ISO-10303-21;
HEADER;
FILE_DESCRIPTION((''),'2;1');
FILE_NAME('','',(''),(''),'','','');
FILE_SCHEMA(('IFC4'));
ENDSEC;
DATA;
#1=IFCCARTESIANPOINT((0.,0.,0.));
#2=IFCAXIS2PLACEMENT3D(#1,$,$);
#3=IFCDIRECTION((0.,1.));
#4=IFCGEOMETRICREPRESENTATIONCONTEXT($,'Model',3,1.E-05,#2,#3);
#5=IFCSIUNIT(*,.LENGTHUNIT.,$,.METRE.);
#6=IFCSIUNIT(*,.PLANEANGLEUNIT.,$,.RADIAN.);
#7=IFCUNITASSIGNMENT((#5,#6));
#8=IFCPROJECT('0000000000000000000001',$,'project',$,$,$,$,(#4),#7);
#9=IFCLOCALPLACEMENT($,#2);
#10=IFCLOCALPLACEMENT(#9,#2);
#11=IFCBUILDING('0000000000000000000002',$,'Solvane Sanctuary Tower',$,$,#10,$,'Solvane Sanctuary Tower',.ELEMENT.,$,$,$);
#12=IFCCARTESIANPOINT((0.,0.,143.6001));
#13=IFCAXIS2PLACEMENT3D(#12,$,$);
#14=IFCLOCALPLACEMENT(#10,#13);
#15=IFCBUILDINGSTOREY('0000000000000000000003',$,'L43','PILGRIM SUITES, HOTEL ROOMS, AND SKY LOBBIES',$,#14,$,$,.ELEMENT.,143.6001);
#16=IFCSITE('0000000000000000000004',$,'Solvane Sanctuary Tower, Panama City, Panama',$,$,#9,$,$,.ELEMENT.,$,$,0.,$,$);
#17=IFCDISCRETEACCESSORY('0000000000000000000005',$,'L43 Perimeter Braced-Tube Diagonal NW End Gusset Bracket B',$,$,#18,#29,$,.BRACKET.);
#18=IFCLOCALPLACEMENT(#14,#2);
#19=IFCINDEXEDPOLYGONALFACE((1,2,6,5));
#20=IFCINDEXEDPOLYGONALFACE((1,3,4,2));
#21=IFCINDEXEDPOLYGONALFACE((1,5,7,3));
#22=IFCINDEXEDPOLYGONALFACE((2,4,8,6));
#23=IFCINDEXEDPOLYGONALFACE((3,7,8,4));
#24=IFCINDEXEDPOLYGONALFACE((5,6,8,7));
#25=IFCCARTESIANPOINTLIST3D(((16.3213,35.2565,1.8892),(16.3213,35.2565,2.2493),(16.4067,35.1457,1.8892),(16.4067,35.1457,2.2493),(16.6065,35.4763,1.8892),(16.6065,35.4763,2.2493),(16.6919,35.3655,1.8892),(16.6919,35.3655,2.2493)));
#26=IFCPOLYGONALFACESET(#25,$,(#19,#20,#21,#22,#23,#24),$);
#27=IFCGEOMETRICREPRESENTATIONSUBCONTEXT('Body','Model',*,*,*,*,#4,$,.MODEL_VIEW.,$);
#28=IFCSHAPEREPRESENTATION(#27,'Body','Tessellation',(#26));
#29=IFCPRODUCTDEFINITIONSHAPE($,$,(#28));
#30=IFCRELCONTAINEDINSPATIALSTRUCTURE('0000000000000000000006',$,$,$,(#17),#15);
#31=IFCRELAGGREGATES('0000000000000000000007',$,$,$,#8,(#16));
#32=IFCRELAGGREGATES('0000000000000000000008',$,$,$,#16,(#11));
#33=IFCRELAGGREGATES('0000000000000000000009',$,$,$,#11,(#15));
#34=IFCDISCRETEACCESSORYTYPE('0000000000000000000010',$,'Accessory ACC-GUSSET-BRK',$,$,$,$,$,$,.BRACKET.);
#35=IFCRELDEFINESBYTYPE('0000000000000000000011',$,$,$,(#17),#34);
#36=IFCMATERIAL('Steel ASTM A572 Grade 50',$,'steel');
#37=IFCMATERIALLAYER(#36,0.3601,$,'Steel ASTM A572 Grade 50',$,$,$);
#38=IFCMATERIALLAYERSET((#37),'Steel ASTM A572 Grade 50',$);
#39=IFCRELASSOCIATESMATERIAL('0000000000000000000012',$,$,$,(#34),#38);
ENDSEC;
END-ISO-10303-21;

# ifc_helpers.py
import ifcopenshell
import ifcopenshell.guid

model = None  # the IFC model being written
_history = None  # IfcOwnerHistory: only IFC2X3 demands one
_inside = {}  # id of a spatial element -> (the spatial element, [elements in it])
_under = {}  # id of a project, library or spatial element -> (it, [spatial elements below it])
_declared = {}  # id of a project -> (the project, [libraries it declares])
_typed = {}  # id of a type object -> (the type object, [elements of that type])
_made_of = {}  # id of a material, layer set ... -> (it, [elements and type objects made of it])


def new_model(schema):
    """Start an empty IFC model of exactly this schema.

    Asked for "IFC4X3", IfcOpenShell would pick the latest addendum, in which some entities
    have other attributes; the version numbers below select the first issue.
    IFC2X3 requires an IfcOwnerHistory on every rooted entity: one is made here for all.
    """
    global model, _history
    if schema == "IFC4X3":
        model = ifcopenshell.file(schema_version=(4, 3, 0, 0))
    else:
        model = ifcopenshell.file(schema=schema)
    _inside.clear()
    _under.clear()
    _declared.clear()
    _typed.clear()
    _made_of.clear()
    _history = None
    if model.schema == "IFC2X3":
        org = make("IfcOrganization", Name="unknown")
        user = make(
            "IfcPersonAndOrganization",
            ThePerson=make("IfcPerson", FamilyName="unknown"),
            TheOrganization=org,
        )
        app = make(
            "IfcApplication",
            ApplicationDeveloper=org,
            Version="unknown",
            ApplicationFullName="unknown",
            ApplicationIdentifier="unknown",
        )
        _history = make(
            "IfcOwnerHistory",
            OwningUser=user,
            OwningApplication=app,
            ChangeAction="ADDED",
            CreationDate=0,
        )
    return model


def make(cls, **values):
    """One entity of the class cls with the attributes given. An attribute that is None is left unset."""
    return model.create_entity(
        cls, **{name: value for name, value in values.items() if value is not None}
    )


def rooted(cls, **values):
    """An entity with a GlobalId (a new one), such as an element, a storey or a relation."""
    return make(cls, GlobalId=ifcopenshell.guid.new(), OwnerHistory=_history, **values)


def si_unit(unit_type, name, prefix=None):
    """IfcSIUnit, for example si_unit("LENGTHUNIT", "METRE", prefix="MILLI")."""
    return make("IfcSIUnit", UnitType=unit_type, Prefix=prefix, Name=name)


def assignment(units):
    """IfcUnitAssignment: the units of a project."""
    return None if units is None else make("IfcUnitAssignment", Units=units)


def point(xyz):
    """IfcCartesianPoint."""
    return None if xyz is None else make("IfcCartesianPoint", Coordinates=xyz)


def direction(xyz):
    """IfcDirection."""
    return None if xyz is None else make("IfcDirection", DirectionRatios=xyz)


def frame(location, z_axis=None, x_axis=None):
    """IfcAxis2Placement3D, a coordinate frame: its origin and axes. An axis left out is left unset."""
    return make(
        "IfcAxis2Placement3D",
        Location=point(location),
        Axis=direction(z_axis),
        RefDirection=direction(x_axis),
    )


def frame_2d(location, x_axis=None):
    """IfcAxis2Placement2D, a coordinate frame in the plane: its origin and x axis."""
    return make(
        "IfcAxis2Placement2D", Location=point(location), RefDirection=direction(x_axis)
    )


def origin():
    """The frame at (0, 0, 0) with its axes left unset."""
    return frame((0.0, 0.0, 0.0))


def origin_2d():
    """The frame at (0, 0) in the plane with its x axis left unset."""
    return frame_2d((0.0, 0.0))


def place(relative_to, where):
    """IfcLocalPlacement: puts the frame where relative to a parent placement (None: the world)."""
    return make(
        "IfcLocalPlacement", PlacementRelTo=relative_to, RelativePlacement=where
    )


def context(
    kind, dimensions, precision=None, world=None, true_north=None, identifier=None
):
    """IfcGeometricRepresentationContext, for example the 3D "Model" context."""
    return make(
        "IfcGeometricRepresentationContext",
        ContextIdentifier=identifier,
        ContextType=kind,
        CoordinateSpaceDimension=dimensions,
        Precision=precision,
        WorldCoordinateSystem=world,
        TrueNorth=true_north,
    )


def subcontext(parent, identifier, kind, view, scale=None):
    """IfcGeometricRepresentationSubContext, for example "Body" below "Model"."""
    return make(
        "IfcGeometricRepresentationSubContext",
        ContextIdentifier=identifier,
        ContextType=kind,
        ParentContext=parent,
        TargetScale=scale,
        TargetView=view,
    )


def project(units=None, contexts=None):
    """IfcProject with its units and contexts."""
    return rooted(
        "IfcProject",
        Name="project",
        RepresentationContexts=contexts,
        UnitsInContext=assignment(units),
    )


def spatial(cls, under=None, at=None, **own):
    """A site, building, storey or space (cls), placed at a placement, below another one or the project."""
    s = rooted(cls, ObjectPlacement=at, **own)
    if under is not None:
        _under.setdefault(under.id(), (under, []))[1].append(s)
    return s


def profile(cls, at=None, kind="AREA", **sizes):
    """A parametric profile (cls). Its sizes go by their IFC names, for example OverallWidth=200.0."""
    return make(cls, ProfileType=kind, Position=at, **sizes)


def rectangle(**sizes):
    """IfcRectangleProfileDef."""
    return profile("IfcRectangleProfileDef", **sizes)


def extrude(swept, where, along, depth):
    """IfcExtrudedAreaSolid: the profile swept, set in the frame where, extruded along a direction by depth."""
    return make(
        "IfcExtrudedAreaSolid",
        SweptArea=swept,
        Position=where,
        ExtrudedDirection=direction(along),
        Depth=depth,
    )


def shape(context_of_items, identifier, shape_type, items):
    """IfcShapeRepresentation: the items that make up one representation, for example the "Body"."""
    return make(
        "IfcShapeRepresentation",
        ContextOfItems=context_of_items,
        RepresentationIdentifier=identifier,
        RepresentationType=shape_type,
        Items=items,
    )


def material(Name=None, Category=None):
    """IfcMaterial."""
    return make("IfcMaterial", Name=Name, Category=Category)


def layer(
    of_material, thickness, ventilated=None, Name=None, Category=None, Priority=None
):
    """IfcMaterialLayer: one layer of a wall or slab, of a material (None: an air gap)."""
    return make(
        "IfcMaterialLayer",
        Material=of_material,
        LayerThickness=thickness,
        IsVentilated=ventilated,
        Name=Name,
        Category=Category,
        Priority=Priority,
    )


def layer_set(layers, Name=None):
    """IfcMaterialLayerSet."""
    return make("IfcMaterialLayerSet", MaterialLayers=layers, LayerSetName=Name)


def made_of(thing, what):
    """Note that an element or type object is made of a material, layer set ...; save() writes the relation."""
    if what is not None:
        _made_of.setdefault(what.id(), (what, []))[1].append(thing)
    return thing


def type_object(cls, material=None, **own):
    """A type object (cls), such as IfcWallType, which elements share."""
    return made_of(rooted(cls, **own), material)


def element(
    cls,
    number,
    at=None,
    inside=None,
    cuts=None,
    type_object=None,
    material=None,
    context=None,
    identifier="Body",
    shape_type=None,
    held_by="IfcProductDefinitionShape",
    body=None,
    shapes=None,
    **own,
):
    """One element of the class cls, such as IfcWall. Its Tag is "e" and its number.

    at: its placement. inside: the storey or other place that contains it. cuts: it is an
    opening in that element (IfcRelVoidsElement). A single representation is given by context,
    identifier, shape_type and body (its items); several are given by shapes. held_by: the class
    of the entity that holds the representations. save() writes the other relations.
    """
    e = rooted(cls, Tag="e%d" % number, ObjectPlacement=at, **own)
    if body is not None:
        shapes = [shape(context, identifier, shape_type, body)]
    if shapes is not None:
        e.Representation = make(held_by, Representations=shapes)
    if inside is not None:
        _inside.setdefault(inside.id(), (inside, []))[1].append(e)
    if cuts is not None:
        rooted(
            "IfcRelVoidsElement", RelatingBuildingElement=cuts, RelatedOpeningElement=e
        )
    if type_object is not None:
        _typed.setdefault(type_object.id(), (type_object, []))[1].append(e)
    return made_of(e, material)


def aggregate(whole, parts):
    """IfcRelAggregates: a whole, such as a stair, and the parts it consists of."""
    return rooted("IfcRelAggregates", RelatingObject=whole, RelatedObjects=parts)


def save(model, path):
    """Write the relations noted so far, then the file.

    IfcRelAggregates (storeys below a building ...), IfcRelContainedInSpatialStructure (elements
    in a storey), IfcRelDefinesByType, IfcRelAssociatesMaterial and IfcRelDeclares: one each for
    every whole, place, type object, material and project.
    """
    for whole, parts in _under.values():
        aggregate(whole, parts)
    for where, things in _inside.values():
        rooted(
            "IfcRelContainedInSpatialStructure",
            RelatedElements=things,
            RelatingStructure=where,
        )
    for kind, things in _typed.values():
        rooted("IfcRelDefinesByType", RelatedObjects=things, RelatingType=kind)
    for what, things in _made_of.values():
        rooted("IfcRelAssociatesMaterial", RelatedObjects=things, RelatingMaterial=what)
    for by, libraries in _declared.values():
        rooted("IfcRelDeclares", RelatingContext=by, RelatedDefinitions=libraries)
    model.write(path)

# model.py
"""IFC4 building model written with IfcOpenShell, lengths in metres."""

from ifc_helpers import new_model, si_unit, direction, frame, origin, origin_2d, place, context, subcontext, project, spatial, rectangle, extrude, material, layer, layer_set, type_object, element, save


model = new_model("IFC4")

# Units and contexts
model_context = context("Model", 3, precision=1e-05, world=origin(), true_north=direction((0.0, 1.0)))
body_context = subcontext(model_context, "Body", "Model", "MODEL_VIEW")
ifc_project = project(units=[si_unit("LENGTHUNIT", "METRE"), si_unit("PLANEANGLEUNIT", "RADIAN")], contexts=[model_context])

# Site, building, storey
site_placement = place(None, origin())
site = spatial("IfcSite", under=ifc_project, at=site_placement, Name="Solvane Sanctuary Tower, Panama City, Panama", CompositionType="ELEMENT", RefElevation=0.0)
building_placement = place(site_placement, origin())
building = spatial("IfcBuilding", under=site, at=building_placement, Name="Solvane Sanctuary Tower", LongName="Solvane Sanctuary Tower", CompositionType="ELEMENT")
storey_placement = place(building_placement, frame((0.0, 0.0, 143.6001)))
storey = spatial("IfcBuildingStorey", under=building, at=storey_placement, Name="L43", Description="PILGRIM SUITES, HOTEL ROOMS, AND SKY LOBBIES", CompositionType="ELEMENT", Elevation=143.6001)

# Discrete accessory
ifc_material_1 = material(Name="Steel ASTM A572 Grade 50", Category="steel")
ifc_layer_1 = layer(ifc_material_1, 0.3601, Name="Steel ASTM A572 Grade 50")
ifc_layer_set_1 = layer_set([ifc_layer_1], Name="Steel ASTM A572 Grade 50")
discrete_accessory_type = type_object("IfcDiscreteAccessoryType", Name="Accessory ACC-GUSSET-BRK", PredefinedType="BRACKET", material=ifc_layer_set_1)
for number, where, z_axis, x_axis, name in (
    (1, (16.5066, 35.311, 1.8892), (0.0, 0.0, 1.0), (-0.792077, -0.610422, 0.0), "L43 Perimeter Braced-Tube Diagonal NW End Gusset Bracket B"),
):
    element("IfcDiscreteAccessory", number, at=place(storey_placement, frame(where, z_axis=z_axis, x_axis=x_axis)), inside=storey, type_object=discrete_accessory_type, Name=name, PredefinedType="BRACKET", context=body_context, shape_type="SweptSolid", body=[
        extrude(rectangle(XDim=0.3601, YDim=0.1399, at=origin_2d()), origin(), (0.0, 0.0, 1.0), 0.3601),
    ])

save(model, "model.ifc")
